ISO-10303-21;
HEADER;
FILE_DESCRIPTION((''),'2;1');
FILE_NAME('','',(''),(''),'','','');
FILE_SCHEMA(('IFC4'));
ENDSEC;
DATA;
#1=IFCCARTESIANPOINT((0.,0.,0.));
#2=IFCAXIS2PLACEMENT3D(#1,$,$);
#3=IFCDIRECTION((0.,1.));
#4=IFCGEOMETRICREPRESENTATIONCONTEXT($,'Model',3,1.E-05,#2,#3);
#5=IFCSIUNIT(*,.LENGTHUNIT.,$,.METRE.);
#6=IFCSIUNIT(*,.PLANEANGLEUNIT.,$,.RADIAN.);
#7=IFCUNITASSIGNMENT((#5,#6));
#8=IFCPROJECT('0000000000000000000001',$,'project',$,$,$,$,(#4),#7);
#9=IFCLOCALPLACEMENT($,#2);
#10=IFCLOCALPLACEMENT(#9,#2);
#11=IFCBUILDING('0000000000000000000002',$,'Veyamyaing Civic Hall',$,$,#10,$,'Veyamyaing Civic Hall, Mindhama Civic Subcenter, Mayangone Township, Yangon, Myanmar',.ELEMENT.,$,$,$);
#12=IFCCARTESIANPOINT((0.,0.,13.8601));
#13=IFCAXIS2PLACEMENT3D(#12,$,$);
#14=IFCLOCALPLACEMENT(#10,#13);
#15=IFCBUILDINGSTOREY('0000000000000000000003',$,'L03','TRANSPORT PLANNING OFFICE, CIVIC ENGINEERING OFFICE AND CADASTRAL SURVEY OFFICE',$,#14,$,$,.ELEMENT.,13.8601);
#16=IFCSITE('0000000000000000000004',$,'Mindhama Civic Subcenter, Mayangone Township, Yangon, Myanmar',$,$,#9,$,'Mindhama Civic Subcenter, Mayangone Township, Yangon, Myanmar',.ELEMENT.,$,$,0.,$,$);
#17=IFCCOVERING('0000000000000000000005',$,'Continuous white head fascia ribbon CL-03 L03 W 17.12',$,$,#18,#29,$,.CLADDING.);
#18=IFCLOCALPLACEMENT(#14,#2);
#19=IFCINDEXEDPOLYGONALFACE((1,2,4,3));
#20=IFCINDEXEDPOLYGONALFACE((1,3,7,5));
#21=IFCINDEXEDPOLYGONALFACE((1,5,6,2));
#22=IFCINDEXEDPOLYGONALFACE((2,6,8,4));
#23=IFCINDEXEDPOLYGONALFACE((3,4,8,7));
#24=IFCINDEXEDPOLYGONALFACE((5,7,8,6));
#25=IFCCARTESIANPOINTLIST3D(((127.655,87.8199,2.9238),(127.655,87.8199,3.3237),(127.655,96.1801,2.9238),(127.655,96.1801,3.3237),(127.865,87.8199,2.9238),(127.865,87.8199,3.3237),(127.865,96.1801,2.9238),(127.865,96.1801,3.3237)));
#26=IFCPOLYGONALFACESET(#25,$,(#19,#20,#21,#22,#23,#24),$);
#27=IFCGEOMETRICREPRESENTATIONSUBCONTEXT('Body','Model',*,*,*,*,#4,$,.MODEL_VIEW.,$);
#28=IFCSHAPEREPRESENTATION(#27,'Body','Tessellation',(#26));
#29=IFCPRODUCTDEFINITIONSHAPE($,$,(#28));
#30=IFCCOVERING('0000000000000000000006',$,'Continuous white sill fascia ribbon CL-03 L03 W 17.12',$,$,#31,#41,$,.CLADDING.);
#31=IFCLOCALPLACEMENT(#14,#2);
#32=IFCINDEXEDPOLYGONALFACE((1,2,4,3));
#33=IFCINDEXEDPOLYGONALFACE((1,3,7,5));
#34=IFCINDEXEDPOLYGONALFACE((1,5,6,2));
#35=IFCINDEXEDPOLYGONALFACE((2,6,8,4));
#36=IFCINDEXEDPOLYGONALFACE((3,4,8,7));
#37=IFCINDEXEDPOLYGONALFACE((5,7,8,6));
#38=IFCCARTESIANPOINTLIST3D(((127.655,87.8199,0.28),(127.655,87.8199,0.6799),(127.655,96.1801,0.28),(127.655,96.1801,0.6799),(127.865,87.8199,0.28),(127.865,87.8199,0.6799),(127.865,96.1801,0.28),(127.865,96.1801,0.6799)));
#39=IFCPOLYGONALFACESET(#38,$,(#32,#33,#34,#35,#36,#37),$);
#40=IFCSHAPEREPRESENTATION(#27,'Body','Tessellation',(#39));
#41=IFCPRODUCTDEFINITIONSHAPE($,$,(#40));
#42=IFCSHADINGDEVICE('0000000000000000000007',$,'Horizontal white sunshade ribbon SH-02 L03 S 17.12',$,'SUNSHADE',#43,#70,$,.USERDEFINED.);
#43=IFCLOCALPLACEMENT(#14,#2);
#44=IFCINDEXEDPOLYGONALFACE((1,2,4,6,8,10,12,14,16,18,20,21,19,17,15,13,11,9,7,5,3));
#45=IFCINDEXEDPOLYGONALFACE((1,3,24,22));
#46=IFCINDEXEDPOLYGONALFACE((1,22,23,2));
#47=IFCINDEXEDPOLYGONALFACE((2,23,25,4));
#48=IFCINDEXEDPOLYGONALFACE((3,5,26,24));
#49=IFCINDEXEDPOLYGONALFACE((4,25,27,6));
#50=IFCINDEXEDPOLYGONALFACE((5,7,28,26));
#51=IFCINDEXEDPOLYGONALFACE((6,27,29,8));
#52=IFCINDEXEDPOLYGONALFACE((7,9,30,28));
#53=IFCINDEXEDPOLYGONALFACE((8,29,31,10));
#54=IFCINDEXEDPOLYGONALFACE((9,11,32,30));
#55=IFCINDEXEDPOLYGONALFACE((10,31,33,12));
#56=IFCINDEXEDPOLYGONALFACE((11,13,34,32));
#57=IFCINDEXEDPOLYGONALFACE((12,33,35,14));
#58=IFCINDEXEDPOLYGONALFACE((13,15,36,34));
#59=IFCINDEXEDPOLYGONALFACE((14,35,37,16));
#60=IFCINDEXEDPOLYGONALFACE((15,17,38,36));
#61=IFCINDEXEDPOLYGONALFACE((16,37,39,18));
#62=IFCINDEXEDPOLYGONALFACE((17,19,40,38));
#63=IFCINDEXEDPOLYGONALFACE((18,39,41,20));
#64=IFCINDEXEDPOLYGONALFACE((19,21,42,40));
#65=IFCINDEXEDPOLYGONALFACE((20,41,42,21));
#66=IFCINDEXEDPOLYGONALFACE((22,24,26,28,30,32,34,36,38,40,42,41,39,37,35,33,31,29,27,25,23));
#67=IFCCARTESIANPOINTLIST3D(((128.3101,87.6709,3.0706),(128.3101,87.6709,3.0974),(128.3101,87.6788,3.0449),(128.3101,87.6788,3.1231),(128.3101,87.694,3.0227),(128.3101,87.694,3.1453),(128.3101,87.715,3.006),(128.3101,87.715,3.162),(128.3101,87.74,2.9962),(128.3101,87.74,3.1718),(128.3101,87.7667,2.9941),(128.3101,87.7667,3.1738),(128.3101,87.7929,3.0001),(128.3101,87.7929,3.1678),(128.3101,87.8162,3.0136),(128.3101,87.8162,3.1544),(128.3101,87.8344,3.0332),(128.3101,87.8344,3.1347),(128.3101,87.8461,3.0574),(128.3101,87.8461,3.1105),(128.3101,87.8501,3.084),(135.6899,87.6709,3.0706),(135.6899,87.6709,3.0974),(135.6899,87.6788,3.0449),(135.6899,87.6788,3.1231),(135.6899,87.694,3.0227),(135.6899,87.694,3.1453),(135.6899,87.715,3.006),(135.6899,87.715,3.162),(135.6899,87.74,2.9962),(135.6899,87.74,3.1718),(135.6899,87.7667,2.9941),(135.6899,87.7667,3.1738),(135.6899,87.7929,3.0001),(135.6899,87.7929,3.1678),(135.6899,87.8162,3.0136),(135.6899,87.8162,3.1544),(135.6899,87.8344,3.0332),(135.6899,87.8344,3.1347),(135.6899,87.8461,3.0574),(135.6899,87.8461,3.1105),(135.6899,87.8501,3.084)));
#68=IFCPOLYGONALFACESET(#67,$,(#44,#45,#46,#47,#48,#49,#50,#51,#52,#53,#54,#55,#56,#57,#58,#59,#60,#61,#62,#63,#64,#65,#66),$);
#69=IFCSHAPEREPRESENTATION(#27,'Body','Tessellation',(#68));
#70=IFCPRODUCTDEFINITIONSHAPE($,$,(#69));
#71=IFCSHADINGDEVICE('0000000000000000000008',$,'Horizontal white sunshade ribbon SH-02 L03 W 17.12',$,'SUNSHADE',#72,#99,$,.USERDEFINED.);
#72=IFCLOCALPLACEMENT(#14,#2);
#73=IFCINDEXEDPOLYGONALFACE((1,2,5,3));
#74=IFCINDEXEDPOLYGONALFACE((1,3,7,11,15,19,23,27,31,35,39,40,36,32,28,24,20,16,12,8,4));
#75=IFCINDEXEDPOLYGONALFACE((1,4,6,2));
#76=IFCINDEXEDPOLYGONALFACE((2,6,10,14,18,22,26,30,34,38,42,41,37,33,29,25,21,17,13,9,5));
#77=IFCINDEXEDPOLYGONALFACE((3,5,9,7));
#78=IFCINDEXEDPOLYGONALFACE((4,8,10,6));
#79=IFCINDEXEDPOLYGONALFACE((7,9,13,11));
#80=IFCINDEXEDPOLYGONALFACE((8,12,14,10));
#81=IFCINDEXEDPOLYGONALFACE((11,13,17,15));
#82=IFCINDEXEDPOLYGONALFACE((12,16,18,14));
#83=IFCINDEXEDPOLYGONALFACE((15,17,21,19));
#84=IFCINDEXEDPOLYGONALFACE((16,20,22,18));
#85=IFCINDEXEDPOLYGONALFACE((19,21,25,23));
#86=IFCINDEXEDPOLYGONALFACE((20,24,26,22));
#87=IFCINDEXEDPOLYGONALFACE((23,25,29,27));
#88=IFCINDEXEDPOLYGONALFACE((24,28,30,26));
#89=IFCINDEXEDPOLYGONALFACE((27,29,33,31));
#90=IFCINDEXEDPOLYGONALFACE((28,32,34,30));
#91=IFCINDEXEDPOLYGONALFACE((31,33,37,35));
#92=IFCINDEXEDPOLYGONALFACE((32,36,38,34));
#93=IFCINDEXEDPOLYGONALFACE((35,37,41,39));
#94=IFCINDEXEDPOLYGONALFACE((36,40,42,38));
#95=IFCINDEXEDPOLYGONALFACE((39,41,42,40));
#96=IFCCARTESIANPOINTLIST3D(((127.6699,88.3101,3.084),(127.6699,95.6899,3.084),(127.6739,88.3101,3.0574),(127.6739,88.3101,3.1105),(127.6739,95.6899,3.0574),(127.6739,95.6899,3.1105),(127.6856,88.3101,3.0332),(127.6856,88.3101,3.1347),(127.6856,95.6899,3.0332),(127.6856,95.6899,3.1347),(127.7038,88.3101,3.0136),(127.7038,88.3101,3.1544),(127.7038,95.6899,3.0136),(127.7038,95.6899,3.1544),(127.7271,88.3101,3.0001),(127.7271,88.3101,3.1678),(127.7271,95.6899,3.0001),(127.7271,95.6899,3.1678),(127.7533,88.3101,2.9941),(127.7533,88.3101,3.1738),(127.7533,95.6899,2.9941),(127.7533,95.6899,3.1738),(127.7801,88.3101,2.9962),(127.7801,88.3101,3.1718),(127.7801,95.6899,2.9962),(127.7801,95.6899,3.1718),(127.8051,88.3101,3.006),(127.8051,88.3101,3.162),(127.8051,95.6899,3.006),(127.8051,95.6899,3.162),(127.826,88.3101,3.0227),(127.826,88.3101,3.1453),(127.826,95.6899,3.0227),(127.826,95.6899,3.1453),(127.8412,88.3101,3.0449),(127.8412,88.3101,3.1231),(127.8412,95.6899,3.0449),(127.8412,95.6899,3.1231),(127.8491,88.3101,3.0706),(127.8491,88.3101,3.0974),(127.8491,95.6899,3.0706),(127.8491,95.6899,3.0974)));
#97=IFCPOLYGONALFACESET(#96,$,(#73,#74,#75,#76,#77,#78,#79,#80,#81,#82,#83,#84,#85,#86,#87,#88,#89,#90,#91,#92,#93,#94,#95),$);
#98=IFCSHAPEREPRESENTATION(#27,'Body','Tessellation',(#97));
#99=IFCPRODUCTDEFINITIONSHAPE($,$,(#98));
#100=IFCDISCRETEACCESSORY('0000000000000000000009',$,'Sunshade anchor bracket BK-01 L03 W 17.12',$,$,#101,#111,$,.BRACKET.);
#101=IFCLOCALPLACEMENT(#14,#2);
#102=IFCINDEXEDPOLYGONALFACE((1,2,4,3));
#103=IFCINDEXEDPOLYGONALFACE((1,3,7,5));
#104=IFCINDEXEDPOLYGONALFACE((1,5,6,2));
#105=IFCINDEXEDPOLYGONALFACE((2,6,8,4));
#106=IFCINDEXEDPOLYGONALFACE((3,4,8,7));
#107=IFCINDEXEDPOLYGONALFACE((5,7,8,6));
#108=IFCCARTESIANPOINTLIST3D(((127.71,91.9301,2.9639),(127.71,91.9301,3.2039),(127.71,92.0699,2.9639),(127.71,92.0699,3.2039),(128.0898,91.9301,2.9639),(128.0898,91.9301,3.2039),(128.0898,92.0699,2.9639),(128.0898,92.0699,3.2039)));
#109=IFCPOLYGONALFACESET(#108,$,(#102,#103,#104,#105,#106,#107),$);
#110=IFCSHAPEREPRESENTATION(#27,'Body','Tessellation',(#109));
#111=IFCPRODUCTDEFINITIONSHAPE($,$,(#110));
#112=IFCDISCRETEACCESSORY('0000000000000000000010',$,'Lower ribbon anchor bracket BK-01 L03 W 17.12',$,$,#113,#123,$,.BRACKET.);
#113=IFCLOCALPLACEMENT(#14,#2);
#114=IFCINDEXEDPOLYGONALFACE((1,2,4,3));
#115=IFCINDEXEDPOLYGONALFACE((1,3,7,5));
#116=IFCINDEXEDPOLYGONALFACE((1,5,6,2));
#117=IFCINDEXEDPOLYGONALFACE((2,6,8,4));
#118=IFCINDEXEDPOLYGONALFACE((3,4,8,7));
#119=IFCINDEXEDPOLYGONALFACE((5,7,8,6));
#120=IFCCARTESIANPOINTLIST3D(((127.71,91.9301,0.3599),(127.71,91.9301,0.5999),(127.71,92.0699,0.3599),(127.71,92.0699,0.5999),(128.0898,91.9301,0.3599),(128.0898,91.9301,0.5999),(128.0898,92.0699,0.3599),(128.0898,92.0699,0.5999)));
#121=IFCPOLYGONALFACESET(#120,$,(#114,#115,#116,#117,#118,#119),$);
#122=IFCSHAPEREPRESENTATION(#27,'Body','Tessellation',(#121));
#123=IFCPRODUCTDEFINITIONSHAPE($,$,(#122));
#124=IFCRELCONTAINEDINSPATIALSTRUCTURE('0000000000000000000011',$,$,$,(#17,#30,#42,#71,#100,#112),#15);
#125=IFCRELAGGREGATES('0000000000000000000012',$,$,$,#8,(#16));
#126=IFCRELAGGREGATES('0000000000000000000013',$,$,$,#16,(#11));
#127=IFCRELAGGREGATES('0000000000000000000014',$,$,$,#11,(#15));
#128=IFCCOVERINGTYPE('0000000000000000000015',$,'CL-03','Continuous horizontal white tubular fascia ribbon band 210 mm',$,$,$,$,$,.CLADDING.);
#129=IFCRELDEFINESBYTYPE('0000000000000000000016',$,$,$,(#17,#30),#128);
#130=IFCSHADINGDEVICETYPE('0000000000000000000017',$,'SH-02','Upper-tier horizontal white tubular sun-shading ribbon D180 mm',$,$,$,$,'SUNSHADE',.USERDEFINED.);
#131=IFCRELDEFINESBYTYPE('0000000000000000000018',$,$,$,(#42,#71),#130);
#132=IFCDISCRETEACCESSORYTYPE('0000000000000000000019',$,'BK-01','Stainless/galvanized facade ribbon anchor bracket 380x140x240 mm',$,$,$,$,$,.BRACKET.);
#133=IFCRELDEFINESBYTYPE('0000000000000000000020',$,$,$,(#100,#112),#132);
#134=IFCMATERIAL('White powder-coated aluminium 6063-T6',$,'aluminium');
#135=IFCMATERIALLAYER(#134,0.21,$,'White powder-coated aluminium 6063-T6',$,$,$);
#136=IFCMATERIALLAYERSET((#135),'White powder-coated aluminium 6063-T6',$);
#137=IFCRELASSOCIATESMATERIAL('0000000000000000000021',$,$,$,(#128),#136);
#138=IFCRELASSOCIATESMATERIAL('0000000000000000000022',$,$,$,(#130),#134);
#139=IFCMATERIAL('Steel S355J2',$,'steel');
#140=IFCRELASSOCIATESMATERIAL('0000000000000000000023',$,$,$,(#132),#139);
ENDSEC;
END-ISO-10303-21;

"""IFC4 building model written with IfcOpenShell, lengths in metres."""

from ifc_helpers import new_model, si_unit, direction, frame, origin, origin_2d, place, context, subcontext, project, spatial, rectangle, circle, extrude, material, layer, layer_set, material_profile, profile_set, type_object, element, save


model = new_model("IFC4")

# Units and contexts
model_context = context("Model", 3, precision=1e-05, world=origin(), true_north=direction((0.0, 1.0)))
body_context = subcontext(model_context, "Body", "Model", "MODEL_VIEW")
ifc_project = project(units=[si_unit("LENGTHUNIT", "METRE"), si_unit("PLANEANGLEUNIT", "RADIAN")], contexts=[model_context])

# Site, building, storey
site_placement = place(None, origin())
site = spatial("IfcSite", under=ifc_project, at=site_placement, Name="Mindhama Civic Subcenter, Mayangone Township, Yangon, Myanmar", LongName="Mindhama Civic Subcenter, Mayangone Township, Yangon, Myanmar", CompositionType="ELEMENT", RefElevation=0.0)
building_placement = place(site_placement, origin())
building = spatial("IfcBuilding", under=site, at=building_placement, Name="Veyamyaing Civic Hall", LongName="Veyamyaing Civic Hall, Mindhama Civic Subcenter, Mayangone Township, Yangon, Myanmar", CompositionType="ELEMENT")
storey_placement = place(building_placement, frame((0.0, 0.0, 13.8601)))
storey = spatial("IfcBuildingStorey", under=building, at=storey_placement, Name="L03", Description="TRANSPORT PLANNING OFFICE, CIVIC ENGINEERING OFFICE AND CADASTRAL SURVEY OFFICE", CompositionType="ELEMENT", Elevation=13.8601)

# Coverings
ifc_material_1 = material(Name="White powder-coated aluminium 6063-T6", Category="aluminium")
ifc_layer_1 = layer(ifc_material_1, 0.21, Name="White powder-coated aluminium 6063-T6")
ifc_layer_set_1 = layer_set([ifc_layer_1], Name="White powder-coated aluminium 6063-T6")
covering_type_1 = type_object("IfcCoveringType", Name="CL-03", Description="Continuous horizontal white tubular fascia ribbon band 210 mm", PredefinedType="CLADDING", material=ifc_layer_set_1)
for number, where, z_axis, x_axis, name in (
    (1, (127.76, 92.0, 2.9238), (0.0, 0.0, 1.0), (0.0, 1.0, 0.0), "Continuous white head fascia ribbon CL-03 L03 W 17.12"),
    (2, (127.76, 92.0, 0.28), (0.0, 0.0, 1.0), (0.0, 1.0, 0.0), "Continuous white sill fascia ribbon CL-03 L03 W 17.12"),
):
    element("IfcCovering", number, at=place(storey_placement, frame(where, z_axis=z_axis, x_axis=x_axis)), inside=storey, type_object=covering_type_1, Name=name, PredefinedType="CLADDING", context=body_context, shape_type="SweptSolid", body=[
        extrude(rectangle(XDim=8.3601, YDim=0.21, at=origin_2d()), origin(), (0.0, 0.0, 1.0), 0.3999),
    ])

# Shading devices
ifc_material_profile_1 = material_profile(ifc_material_1, circle(Radius=0.0901, at=origin_2d()), Name="SHADE-TUBE-180")
ifc_profile_set_1 = profile_set([ifc_material_profile_1], Name="White powder-coated aluminium 6063-T6")
shading_device_type = type_object("IfcShadingDeviceType", Name="SH-02", Description="Upper-tier horizontal white tubular sun-shading ribbon D180 mm", ElementType="SUNSHADE", PredefinedType="USERDEFINED", material=ifc_profile_set_1)
for number, where, z_axis, x_axis, name in (
    (3, (128.3101, 87.76, 3.084), (1.0, 0.0, 0.0), (0.0, 1.0, 0.0), "Horizontal white sunshade ribbon SH-02 L03 S 17.12"),
    (4, (127.76, 88.3101, 3.084), (0.0, 1.0, 0.0), (-1.0, 0.0, 0.0), "Horizontal white sunshade ribbon SH-02 L03 W 17.12"),
):
    element("IfcShadingDevice", number, at=place(storey_placement, frame(where, z_axis=z_axis, x_axis=x_axis)), inside=storey, type_object=shading_device_type, Name=name, ObjectType="SUNSHADE", PredefinedType="USERDEFINED", context=body_context, shape_type="SweptSolid", body=[
        extrude(circle(Radius=0.0901, at=origin_2d()), origin(), (0.0, 0.0, 1.0), 7.3799),
    ])

# Discrete accessories
ifc_material_2 = material(Name="Steel S355J2", Category="steel")
discrete_accessory_type = type_object("IfcDiscreteAccessoryType", Name="BK-01", Description="Stainless/galvanized facade ribbon anchor bracket 380x140x240 mm", PredefinedType="BRACKET", material=ifc_material_2)
for number, where, z_axis, x_axis, name in (
    (5, (127.8999, 92.0, 2.9639), (0.0, 0.0, 1.0), (-1.0, 0.0, 0.0), "Sunshade anchor bracket BK-01 L03 W 17.12"),
    (6, (127.8999, 92.0, 0.3599), (0.0, 0.0, 1.0), (-1.0, 0.0, 0.0), "Lower ribbon anchor bracket BK-01 L03 W 17.12"),
):
    element("IfcDiscreteAccessory", number, at=place(storey_placement, frame(where, z_axis=z_axis, x_axis=x_axis)), inside=storey, type_object=discrete_accessory_type, Name=name, PredefinedType="BRACKET", context=body_context, shape_type="SweptSolid", body=[
        extrude(rectangle(XDim=0.3799, YDim=0.1399, at=origin_2d()), origin(), (0.0, 0.0, 1.0), 0.24),
    ])

save(model, "model.ifc")
